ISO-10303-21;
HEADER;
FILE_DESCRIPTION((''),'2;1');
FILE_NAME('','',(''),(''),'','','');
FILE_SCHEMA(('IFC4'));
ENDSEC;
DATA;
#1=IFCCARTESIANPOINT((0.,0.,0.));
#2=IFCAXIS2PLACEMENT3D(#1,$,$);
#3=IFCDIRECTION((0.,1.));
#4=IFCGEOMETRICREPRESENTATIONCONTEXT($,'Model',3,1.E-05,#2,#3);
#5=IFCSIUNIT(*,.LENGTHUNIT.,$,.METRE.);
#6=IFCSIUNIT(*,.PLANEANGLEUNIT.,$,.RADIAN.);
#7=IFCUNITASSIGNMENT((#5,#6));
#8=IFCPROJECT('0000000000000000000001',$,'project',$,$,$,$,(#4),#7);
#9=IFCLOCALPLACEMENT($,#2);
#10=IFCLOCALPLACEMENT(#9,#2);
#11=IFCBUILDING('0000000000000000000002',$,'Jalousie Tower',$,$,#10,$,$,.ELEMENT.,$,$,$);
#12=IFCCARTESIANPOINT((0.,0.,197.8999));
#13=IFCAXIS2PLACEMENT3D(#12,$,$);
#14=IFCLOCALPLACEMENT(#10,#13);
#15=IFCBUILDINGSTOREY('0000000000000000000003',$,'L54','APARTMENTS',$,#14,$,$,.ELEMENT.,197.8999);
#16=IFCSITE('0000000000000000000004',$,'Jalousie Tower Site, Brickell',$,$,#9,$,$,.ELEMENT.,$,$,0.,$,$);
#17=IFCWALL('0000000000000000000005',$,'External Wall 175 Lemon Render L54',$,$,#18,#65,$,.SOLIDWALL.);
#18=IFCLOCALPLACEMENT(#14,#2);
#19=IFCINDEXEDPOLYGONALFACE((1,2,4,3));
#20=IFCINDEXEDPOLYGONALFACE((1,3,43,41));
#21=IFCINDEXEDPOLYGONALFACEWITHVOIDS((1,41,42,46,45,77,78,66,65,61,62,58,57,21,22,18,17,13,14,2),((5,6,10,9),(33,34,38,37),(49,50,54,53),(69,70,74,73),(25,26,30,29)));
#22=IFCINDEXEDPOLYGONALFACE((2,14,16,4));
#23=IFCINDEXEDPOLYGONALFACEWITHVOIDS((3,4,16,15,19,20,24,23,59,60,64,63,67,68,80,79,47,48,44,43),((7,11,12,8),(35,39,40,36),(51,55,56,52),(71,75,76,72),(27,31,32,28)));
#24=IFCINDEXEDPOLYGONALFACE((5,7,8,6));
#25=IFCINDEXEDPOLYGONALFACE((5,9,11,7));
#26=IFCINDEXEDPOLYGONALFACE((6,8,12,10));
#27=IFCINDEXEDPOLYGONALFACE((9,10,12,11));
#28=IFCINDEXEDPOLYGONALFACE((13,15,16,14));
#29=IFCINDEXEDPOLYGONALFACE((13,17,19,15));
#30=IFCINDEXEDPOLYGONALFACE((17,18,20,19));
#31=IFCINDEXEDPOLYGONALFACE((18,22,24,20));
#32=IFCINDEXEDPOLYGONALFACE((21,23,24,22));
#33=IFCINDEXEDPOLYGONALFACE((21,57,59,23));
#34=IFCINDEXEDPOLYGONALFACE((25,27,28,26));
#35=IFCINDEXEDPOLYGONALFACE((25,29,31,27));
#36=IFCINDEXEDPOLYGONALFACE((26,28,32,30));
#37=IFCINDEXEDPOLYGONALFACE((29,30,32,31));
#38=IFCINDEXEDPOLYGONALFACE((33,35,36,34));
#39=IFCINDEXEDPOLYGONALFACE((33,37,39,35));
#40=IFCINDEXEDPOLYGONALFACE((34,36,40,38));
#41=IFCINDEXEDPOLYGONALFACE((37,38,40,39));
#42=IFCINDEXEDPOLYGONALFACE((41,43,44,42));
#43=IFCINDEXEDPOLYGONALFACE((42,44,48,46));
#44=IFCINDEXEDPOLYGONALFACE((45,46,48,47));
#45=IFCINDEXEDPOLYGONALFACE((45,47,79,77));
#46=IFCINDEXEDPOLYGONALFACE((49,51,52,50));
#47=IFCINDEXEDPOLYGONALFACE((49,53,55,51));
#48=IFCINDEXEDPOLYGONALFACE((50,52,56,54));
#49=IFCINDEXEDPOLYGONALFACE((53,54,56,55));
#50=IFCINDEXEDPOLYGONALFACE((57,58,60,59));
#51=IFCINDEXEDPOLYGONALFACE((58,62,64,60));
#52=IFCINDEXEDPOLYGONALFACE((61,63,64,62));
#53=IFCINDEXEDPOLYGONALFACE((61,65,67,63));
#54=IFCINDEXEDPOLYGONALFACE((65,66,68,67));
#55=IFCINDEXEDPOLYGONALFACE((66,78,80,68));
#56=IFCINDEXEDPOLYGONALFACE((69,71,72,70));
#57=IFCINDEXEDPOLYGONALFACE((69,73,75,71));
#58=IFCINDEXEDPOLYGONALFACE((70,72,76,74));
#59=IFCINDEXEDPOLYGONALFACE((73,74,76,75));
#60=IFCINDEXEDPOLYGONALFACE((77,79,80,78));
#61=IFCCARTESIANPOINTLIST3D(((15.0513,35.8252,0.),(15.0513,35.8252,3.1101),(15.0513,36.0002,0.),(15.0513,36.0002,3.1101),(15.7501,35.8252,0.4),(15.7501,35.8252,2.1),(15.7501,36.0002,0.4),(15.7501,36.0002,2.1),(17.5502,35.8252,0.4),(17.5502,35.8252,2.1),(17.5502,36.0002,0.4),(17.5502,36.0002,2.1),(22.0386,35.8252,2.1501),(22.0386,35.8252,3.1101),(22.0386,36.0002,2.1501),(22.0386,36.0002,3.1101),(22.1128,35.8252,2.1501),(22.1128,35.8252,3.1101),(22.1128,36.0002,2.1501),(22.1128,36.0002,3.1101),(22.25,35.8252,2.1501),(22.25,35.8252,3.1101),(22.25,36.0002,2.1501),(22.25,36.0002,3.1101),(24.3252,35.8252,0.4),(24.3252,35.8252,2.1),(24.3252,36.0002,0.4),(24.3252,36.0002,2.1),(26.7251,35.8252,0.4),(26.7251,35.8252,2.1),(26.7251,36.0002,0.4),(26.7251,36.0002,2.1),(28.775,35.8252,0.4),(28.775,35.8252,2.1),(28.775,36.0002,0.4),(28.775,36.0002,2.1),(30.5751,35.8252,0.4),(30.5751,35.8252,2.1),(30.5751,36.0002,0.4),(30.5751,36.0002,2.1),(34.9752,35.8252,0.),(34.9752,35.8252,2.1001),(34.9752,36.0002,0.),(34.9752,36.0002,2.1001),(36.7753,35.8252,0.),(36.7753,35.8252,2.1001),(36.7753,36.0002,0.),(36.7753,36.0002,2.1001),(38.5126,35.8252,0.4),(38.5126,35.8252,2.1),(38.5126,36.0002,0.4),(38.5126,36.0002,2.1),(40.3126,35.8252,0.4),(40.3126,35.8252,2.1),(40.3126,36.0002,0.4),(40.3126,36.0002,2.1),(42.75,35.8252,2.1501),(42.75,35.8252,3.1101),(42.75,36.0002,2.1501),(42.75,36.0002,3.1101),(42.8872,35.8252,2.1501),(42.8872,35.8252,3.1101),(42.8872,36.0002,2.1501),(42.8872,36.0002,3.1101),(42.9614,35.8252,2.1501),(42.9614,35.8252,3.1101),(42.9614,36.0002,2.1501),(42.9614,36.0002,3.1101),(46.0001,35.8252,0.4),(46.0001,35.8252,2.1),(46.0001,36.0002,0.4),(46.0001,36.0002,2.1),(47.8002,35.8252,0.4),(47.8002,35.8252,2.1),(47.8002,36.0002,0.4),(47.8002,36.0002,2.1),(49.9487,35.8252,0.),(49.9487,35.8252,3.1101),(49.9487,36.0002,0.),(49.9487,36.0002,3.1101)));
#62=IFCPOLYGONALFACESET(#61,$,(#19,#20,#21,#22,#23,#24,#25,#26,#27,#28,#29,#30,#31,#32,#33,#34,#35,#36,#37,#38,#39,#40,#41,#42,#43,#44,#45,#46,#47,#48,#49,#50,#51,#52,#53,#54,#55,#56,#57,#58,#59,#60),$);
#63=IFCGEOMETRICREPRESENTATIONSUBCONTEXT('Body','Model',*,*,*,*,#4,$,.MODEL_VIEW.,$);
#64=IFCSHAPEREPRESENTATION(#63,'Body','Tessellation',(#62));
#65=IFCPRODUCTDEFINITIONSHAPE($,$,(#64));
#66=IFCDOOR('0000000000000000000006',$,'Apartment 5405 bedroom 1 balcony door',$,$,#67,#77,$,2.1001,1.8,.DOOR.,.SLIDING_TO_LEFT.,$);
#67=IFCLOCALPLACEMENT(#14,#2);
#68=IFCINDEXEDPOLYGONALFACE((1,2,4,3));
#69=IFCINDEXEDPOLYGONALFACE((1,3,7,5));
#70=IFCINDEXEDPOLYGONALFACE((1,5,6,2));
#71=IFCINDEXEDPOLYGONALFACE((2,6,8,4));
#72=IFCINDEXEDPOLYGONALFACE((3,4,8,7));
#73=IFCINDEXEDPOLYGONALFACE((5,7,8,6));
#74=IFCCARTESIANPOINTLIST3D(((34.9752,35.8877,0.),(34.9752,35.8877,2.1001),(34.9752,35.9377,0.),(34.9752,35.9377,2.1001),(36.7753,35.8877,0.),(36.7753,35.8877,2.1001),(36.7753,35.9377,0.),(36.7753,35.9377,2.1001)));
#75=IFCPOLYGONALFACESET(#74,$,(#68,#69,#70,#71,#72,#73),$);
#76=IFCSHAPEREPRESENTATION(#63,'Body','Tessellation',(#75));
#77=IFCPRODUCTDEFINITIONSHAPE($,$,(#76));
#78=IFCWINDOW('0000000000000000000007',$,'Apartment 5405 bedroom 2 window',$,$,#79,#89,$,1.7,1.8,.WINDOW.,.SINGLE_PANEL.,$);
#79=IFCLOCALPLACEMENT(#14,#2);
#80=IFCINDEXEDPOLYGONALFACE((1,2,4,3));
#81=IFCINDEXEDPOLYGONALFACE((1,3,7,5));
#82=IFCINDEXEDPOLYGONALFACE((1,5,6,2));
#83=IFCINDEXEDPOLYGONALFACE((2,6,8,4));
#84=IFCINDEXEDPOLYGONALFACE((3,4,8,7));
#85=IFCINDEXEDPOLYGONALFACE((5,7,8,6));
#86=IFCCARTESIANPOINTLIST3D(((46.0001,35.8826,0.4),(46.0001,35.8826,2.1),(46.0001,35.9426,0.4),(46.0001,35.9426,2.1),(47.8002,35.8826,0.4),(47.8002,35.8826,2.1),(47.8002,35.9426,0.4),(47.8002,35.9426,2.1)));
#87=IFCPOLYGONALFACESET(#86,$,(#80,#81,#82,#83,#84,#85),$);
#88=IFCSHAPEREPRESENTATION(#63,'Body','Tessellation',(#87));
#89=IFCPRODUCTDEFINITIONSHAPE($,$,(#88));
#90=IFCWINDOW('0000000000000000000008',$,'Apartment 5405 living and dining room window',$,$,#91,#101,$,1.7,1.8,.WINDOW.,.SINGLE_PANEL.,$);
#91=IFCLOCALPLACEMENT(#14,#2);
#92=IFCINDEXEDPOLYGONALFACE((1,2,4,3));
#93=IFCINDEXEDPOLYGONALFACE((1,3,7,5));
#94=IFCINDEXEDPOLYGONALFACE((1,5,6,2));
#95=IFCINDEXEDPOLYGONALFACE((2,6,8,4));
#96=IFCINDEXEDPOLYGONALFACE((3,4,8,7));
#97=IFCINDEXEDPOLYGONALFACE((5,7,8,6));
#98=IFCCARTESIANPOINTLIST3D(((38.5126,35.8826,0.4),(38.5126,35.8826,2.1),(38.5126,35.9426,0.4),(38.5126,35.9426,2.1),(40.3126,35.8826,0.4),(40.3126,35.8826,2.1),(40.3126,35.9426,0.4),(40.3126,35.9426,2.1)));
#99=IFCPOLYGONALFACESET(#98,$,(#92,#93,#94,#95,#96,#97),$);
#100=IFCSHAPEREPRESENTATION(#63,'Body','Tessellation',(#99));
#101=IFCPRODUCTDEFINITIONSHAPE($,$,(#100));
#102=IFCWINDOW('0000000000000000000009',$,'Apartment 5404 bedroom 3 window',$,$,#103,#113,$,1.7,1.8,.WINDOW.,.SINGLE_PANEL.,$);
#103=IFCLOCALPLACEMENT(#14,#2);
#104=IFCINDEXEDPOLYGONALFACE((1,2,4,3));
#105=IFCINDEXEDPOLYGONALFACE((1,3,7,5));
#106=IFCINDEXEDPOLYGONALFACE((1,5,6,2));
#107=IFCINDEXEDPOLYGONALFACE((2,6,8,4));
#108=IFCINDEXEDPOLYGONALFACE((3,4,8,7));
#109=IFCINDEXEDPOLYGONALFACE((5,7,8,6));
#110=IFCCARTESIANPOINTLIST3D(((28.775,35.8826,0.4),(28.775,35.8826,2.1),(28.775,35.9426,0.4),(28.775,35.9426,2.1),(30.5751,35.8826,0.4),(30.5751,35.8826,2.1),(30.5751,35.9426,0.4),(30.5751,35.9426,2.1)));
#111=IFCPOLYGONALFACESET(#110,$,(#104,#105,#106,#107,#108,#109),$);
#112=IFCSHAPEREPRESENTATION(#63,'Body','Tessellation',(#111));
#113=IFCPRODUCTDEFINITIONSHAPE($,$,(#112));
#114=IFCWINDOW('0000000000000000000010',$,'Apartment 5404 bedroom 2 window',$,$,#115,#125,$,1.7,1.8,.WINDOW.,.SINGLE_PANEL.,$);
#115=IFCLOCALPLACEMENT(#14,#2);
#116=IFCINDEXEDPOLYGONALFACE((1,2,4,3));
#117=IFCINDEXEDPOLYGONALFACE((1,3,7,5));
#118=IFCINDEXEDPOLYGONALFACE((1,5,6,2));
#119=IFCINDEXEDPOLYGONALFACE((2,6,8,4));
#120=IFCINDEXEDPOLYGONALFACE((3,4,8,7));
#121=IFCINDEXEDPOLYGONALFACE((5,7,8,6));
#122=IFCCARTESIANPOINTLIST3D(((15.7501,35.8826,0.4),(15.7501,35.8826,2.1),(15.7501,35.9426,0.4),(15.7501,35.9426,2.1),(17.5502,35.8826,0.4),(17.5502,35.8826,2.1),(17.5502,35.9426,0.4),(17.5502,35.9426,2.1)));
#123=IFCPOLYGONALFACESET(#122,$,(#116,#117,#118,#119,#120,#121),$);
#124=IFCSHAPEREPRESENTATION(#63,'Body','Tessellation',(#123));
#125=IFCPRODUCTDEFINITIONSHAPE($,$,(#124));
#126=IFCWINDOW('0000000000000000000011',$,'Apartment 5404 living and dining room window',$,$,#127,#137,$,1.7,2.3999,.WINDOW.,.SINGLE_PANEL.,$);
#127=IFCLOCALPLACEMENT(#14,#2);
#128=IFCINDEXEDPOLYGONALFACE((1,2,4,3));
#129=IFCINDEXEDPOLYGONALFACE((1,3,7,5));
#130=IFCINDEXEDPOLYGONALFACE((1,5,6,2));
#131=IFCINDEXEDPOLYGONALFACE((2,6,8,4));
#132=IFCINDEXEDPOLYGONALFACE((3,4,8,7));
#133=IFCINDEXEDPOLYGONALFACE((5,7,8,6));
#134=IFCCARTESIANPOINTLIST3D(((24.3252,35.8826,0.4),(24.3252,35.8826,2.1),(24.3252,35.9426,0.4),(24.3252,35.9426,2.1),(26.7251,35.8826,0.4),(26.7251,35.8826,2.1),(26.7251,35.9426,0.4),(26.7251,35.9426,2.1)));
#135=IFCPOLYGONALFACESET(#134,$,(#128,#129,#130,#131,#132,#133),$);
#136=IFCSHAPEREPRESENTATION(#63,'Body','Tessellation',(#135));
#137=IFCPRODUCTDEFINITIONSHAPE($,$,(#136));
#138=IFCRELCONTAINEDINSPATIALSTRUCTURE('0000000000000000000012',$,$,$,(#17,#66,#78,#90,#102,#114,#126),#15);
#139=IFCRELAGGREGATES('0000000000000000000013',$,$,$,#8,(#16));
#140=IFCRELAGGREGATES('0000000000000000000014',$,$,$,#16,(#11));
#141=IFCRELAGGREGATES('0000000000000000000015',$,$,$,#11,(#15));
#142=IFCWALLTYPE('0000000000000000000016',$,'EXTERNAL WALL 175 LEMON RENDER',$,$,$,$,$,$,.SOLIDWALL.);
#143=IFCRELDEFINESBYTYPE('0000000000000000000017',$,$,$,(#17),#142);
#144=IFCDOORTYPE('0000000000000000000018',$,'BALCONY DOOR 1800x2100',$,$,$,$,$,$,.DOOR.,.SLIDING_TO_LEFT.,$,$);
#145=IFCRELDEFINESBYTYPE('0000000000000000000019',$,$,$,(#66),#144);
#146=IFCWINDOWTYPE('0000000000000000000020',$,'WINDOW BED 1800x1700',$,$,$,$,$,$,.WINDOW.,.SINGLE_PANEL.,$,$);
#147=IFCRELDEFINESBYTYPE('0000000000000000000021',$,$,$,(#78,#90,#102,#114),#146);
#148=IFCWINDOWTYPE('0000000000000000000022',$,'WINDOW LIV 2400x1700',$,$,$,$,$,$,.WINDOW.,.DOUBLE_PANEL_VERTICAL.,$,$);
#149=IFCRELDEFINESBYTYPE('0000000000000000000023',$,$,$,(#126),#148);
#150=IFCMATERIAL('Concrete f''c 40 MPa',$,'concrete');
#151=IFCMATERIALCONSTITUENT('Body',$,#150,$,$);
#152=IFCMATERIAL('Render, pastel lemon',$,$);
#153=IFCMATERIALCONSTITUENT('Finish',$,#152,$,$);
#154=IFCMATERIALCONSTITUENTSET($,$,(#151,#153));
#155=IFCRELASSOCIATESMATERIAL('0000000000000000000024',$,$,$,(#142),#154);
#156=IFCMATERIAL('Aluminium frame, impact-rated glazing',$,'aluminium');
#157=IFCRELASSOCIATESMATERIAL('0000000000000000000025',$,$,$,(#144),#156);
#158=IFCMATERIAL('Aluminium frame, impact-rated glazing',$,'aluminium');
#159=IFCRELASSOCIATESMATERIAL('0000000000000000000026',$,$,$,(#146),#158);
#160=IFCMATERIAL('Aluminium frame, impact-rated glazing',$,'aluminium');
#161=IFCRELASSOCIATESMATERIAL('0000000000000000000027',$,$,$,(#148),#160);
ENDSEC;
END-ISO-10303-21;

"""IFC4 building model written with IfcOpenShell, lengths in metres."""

from ifc_helpers import new_model, si_unit, direction, frame, frame_2d, origin, place, context, subcontext, project, spatial, polyline, rectangle, outline, extrude, material, constituent, constituent_set, type_object, element, fill, save


model = new_model("IFC4")

# Units and contexts
model_context = context("Model", 3, precision=1e-05, world=origin(), true_north=direction((0.0, 1.0)))
body_context = subcontext(model_context, "Body", "Model", "MODEL_VIEW")
ifc_project = project(units=[si_unit("LENGTHUNIT", "METRE"), si_unit("PLANEANGLEUNIT", "RADIAN")], contexts=[model_context])

# Site, building, storey
site_placement = place(None, origin())
site = spatial("IfcSite", under=ifc_project, at=site_placement, Name="Jalousie Tower Site, Brickell", CompositionType="ELEMENT", RefElevation=0.0)
building_placement = place(site_placement, origin())
building = spatial("IfcBuilding", under=site, at=building_placement, Name="Jalousie Tower", CompositionType="ELEMENT")
storey_placement = place(building_placement, frame((0.0, 0.0, 197.8999)))
storey = spatial("IfcBuildingStorey", under=building, at=storey_placement, Name="L54", Description="APARTMENTS", CompositionType="ELEMENT", Elevation=197.8999)

# Wall, openings, door, windows
ifc_material_1 = material(Name="Concrete f'c 40 MPa", Category="concrete")
ifc_constituent_1 = constituent(ifc_material_1, Name="Body")
ifc_material_2 = material(Name="Render, pastel lemon")
ifc_constituent_2 = constituent(ifc_material_2, Name="Finish")
ifc_constituent_set_1 = constituent_set(constituents=[ifc_constituent_1, ifc_constituent_2])
wall_type_1 = type_object("IfcWallType", Name="EXTERNAL WALL 175 LEMON RENDER", PredefinedType="SOLIDWALL", material=ifc_constituent_set_1)
wall_1_placement = place(storey_placement, frame((49.9487, 35.9126, 0.0), z_axis=(0.0, 0.0, 1.0), x_axis=(-1.0, 0.0, 0.0)))
wall_1 = element("IfcWall", 1, at=wall_1_placement, inside=storey, type_object=wall_type_1, Name="External Wall 175 Lemon Render L54", PredefinedType="SOLIDWALL", context=body_context, shape_type="SweptSolid", body=[
    extrude(outline(polyline([(0.0, 0.0), (34.8975, 0.0), (34.8975, 3.1101), (27.9102, 3.1101), (27.9102, 2.1501), (27.8359, 2.1501), (27.8359, 3.1101), (27.6987, 3.1101), (27.6987, 2.1501), (7.1987, 2.1501), (7.1987, 3.1101), (7.0615, 3.1101), (7.0615, 2.1501), (6.9873, 2.1501), (6.9873, 3.1101), (0.0, 3.1101), (0.0, 0.0)])), frame((0.0, 0.0874, 0.0), z_axis=(0.0, -1.0, 0.0), x_axis=(1.0, 0.0, 0.0)), (0.0, 0.0, 1.0), 0.175),
])
opening_1_placement = place(wall_1_placement, frame((2.1487, 0.0, 0.3999)))
opening_1 = element("IfcOpeningElement", 2, at=opening_1_placement, cuts=wall_1, PredefinedType="OPENING", context=body_context, shape_type="SweptSolid", body=[
    extrude(rectangle(XDim=1.8, YDim=1.7, at=frame_2d((0.8999, 0.8501))), frame((0.0, 0.0974, 0.0), z_axis=(0.0, -1.0, 0.0), x_axis=(1.0, 0.0, 0.0)), (0.0, 0.0, 1.0), 0.1951),
])
opening_2_placement = place(wall_1_placement, frame((9.6362, 0.0, 0.3999)))
opening_2 = element("IfcOpeningElement", 3, at=opening_2_placement, cuts=wall_1, PredefinedType="OPENING", context=body_context, shape_type="SweptSolid", body=[
    extrude(rectangle(XDim=1.8, YDim=1.7, at=frame_2d((0.8999, 0.8501))), frame((0.0, 0.0974, 0.0), z_axis=(0.0, -1.0, 0.0), x_axis=(1.0, 0.0, 0.0)), (0.0, 0.0, 1.0), 0.1951),
])
opening_3_placement = place(wall_1_placement, frame((13.1736, 0.0, 0.0)))
opening_3 = element("IfcOpeningElement", 4, at=opening_3_placement, cuts=wall_1, PredefinedType="OPENING", context=body_context, shape_type="SweptSolid", body=[
    extrude(rectangle(XDim=1.8, YDim=2.1001, at=frame_2d((0.8999, 1.05))), frame((0.0, 0.0974, 0.0), z_axis=(0.0, -1.0, 0.0), x_axis=(1.0, 0.0, 0.0)), (0.0, 0.0, 1.0), 0.1951),
])
opening_4_placement = place(wall_1_placement, frame((19.3738, 0.0, 0.3999)))
opening_4 = element("IfcOpeningElement", 5, at=opening_4_placement, cuts=wall_1, PredefinedType="OPENING", context=body_context, shape_type="SweptSolid", body=[
    extrude(rectangle(XDim=1.8, YDim=1.7, at=frame_2d((0.8999, 0.8501))), frame((0.0, 0.0974, 0.0), z_axis=(0.0, -1.0, 0.0), x_axis=(1.0, 0.0, 0.0)), (0.0, 0.0, 1.0), 0.1951),
])
opening_5_placement = place(wall_1_placement, frame((23.2236, 0.0, 0.3999)))
opening_5 = element("IfcOpeningElement", 6, at=opening_5_placement, cuts=wall_1, PredefinedType="OPENING", context=body_context, shape_type="SweptSolid", body=[
    extrude(rectangle(XDim=2.3999, YDim=1.7, at=frame_2d((1.2, 0.8501))), frame((0.0, 0.0974, 0.0), z_axis=(0.0, -1.0, 0.0), x_axis=(1.0, 0.0, 0.0)), (0.0, 0.0, 1.0), 0.1951),
])
opening_6_placement = place(wall_1_placement, frame((32.3987, 0.0, 0.3999)))
opening_6 = element("IfcOpeningElement", 7, at=opening_6_placement, cuts=wall_1, PredefinedType="OPENING", context=body_context, shape_type="SweptSolid", body=[
    extrude(rectangle(XDim=1.8, YDim=1.7, at=frame_2d((0.8999, 0.8501))), frame((0.0, 0.0974, 0.0), z_axis=(0.0, -1.0, 0.0), x_axis=(1.0, 0.0, 0.0)), (0.0, 0.0, 1.0), 0.1951),
])
ifc_material_3 = material(Name="Aluminium frame, impact-rated glazing", Category="aluminium")
door_type_1 = type_object("IfcDoorType", Name="BALCONY DOOR 1800x2100", OperationType="SLIDING_TO_LEFT", PredefinedType="DOOR", material=ifc_material_3)
door_1_placement = place(opening_3_placement, origin())
door_1 = element("IfcDoor", 8, at=door_1_placement, inside=storey, type_object=door_type_1, Name="Apartment 5405 bedroom 1 balcony door", OperationType="SLIDING_TO_LEFT", OverallHeight=2.1001, OverallWidth=1.8, PredefinedType="DOOR", context=body_context, shape_type="SweptSolid", body=[
    extrude(rectangle(XDim=1.8, YDim=2.1001, at=frame_2d((0.8999, 1.05))), frame((0.0, 0.0249, 0.0), z_axis=(0.0, -1.0, 0.0), x_axis=(1.0, 0.0, 0.0)), (0.0, 0.0, 1.0), 0.05),
])
fill(opening_3, door_1)
ifc_material_4 = material(Name="Aluminium frame, impact-rated glazing", Category="aluminium")
window_type_1 = type_object("IfcWindowType", Name="WINDOW BED 1800x1700", PartitioningType="SINGLE_PANEL", PredefinedType="WINDOW", material=ifc_material_4)
window_1_placement = place(opening_1_placement, origin())
window_1 = element("IfcWindow", 9, at=window_1_placement, inside=storey, type_object=window_type_1, Name="Apartment 5405 bedroom 2 window", OverallHeight=1.7, OverallWidth=1.8, PartitioningType="SINGLE_PANEL", PredefinedType="WINDOW", context=body_context, shape_type="SweptSolid", body=[
    extrude(rectangle(XDim=1.8, YDim=1.7, at=frame_2d((0.8999, 0.8501))), frame((0.0, 0.03, 0.0), z_axis=(0.0, -1.0, 0.0), x_axis=(1.0, 0.0, 0.0)), (0.0, 0.0, 1.0), 0.0601),
])
fill(opening_1, window_1)
window_2_placement = place(opening_2_placement, origin())
window_2 = element("IfcWindow", 10, at=window_2_placement, inside=storey, type_object=window_type_1, Name="Apartment 5405 living and dining room window", OverallHeight=1.7, OverallWidth=1.8, PartitioningType="SINGLE_PANEL", PredefinedType="WINDOW", context=body_context, shape_type="SweptSolid", body=[
    extrude(rectangle(XDim=1.8, YDim=1.7, at=frame_2d((0.8999, 0.8501))), frame((0.0, 0.03, 0.0), z_axis=(0.0, -1.0, 0.0), x_axis=(1.0, 0.0, 0.0)), (0.0, 0.0, 1.0), 0.0601),
])
fill(opening_2, window_2)
window_3_placement = place(opening_4_placement, origin())
window_3 = element("IfcWindow", 11, at=window_3_placement, inside=storey, type_object=window_type_1, Name="Apartment 5404 bedroom 3 window", OverallHeight=1.7, OverallWidth=1.8, PartitioningType="SINGLE_PANEL", PredefinedType="WINDOW", context=body_context, shape_type="SweptSolid", body=[
    extrude(rectangle(XDim=1.8, YDim=1.7, at=frame_2d((0.8999, 0.8501))), frame((0.0, 0.03, 0.0), z_axis=(0.0, -1.0, 0.0), x_axis=(1.0, 0.0, 0.0)), (0.0, 0.0, 1.0), 0.0601),
])
fill(opening_4, window_3)
window_4_placement = place(opening_6_placement, origin())
window_4 = element("IfcWindow", 12, at=window_4_placement, inside=storey, type_object=window_type_1, Name="Apartment 5404 bedroom 2 window", OverallHeight=1.7, OverallWidth=1.8, PartitioningType="SINGLE_PANEL", PredefinedType="WINDOW", context=body_context, shape_type="SweptSolid", body=[
    extrude(rectangle(XDim=1.8, YDim=1.7, at=frame_2d((0.8999, 0.8501))), frame((0.0, 0.03, 0.0), z_axis=(0.0, -1.0, 0.0), x_axis=(1.0, 0.0, 0.0)), (0.0, 0.0, 1.0), 0.0601),
])
fill(opening_6, window_4)
ifc_material_5 = material(Name="Aluminium frame, impact-rated glazing", Category="aluminium")
window_type_2 = type_object("IfcWindowType", Name="WINDOW LIV 2400x1700", PartitioningType="DOUBLE_PANEL_VERTICAL", PredefinedType="WINDOW", material=ifc_material_5)
window_5_placement = place(opening_5_placement, origin())
window_5 = element("IfcWindow", 13, at=window_5_placement, inside=storey, type_object=window_type_2, Name="Apartment 5404 living and dining room window", OverallHeight=1.7, OverallWidth=2.3999, PartitioningType="SINGLE_PANEL", PredefinedType="WINDOW", context=body_context, shape_type="SweptSolid", body=[
    extrude(rectangle(XDim=2.3999, YDim=1.7, at=frame_2d((1.2, 0.8501))), frame((0.0, 0.03, 0.0), z_axis=(0.0, -1.0, 0.0), x_axis=(1.0, 0.0, 0.0)), (0.0, 0.0, 1.0), 0.0601),
])
fill(opening_5, window_5)

save(model, "model.ifc")
